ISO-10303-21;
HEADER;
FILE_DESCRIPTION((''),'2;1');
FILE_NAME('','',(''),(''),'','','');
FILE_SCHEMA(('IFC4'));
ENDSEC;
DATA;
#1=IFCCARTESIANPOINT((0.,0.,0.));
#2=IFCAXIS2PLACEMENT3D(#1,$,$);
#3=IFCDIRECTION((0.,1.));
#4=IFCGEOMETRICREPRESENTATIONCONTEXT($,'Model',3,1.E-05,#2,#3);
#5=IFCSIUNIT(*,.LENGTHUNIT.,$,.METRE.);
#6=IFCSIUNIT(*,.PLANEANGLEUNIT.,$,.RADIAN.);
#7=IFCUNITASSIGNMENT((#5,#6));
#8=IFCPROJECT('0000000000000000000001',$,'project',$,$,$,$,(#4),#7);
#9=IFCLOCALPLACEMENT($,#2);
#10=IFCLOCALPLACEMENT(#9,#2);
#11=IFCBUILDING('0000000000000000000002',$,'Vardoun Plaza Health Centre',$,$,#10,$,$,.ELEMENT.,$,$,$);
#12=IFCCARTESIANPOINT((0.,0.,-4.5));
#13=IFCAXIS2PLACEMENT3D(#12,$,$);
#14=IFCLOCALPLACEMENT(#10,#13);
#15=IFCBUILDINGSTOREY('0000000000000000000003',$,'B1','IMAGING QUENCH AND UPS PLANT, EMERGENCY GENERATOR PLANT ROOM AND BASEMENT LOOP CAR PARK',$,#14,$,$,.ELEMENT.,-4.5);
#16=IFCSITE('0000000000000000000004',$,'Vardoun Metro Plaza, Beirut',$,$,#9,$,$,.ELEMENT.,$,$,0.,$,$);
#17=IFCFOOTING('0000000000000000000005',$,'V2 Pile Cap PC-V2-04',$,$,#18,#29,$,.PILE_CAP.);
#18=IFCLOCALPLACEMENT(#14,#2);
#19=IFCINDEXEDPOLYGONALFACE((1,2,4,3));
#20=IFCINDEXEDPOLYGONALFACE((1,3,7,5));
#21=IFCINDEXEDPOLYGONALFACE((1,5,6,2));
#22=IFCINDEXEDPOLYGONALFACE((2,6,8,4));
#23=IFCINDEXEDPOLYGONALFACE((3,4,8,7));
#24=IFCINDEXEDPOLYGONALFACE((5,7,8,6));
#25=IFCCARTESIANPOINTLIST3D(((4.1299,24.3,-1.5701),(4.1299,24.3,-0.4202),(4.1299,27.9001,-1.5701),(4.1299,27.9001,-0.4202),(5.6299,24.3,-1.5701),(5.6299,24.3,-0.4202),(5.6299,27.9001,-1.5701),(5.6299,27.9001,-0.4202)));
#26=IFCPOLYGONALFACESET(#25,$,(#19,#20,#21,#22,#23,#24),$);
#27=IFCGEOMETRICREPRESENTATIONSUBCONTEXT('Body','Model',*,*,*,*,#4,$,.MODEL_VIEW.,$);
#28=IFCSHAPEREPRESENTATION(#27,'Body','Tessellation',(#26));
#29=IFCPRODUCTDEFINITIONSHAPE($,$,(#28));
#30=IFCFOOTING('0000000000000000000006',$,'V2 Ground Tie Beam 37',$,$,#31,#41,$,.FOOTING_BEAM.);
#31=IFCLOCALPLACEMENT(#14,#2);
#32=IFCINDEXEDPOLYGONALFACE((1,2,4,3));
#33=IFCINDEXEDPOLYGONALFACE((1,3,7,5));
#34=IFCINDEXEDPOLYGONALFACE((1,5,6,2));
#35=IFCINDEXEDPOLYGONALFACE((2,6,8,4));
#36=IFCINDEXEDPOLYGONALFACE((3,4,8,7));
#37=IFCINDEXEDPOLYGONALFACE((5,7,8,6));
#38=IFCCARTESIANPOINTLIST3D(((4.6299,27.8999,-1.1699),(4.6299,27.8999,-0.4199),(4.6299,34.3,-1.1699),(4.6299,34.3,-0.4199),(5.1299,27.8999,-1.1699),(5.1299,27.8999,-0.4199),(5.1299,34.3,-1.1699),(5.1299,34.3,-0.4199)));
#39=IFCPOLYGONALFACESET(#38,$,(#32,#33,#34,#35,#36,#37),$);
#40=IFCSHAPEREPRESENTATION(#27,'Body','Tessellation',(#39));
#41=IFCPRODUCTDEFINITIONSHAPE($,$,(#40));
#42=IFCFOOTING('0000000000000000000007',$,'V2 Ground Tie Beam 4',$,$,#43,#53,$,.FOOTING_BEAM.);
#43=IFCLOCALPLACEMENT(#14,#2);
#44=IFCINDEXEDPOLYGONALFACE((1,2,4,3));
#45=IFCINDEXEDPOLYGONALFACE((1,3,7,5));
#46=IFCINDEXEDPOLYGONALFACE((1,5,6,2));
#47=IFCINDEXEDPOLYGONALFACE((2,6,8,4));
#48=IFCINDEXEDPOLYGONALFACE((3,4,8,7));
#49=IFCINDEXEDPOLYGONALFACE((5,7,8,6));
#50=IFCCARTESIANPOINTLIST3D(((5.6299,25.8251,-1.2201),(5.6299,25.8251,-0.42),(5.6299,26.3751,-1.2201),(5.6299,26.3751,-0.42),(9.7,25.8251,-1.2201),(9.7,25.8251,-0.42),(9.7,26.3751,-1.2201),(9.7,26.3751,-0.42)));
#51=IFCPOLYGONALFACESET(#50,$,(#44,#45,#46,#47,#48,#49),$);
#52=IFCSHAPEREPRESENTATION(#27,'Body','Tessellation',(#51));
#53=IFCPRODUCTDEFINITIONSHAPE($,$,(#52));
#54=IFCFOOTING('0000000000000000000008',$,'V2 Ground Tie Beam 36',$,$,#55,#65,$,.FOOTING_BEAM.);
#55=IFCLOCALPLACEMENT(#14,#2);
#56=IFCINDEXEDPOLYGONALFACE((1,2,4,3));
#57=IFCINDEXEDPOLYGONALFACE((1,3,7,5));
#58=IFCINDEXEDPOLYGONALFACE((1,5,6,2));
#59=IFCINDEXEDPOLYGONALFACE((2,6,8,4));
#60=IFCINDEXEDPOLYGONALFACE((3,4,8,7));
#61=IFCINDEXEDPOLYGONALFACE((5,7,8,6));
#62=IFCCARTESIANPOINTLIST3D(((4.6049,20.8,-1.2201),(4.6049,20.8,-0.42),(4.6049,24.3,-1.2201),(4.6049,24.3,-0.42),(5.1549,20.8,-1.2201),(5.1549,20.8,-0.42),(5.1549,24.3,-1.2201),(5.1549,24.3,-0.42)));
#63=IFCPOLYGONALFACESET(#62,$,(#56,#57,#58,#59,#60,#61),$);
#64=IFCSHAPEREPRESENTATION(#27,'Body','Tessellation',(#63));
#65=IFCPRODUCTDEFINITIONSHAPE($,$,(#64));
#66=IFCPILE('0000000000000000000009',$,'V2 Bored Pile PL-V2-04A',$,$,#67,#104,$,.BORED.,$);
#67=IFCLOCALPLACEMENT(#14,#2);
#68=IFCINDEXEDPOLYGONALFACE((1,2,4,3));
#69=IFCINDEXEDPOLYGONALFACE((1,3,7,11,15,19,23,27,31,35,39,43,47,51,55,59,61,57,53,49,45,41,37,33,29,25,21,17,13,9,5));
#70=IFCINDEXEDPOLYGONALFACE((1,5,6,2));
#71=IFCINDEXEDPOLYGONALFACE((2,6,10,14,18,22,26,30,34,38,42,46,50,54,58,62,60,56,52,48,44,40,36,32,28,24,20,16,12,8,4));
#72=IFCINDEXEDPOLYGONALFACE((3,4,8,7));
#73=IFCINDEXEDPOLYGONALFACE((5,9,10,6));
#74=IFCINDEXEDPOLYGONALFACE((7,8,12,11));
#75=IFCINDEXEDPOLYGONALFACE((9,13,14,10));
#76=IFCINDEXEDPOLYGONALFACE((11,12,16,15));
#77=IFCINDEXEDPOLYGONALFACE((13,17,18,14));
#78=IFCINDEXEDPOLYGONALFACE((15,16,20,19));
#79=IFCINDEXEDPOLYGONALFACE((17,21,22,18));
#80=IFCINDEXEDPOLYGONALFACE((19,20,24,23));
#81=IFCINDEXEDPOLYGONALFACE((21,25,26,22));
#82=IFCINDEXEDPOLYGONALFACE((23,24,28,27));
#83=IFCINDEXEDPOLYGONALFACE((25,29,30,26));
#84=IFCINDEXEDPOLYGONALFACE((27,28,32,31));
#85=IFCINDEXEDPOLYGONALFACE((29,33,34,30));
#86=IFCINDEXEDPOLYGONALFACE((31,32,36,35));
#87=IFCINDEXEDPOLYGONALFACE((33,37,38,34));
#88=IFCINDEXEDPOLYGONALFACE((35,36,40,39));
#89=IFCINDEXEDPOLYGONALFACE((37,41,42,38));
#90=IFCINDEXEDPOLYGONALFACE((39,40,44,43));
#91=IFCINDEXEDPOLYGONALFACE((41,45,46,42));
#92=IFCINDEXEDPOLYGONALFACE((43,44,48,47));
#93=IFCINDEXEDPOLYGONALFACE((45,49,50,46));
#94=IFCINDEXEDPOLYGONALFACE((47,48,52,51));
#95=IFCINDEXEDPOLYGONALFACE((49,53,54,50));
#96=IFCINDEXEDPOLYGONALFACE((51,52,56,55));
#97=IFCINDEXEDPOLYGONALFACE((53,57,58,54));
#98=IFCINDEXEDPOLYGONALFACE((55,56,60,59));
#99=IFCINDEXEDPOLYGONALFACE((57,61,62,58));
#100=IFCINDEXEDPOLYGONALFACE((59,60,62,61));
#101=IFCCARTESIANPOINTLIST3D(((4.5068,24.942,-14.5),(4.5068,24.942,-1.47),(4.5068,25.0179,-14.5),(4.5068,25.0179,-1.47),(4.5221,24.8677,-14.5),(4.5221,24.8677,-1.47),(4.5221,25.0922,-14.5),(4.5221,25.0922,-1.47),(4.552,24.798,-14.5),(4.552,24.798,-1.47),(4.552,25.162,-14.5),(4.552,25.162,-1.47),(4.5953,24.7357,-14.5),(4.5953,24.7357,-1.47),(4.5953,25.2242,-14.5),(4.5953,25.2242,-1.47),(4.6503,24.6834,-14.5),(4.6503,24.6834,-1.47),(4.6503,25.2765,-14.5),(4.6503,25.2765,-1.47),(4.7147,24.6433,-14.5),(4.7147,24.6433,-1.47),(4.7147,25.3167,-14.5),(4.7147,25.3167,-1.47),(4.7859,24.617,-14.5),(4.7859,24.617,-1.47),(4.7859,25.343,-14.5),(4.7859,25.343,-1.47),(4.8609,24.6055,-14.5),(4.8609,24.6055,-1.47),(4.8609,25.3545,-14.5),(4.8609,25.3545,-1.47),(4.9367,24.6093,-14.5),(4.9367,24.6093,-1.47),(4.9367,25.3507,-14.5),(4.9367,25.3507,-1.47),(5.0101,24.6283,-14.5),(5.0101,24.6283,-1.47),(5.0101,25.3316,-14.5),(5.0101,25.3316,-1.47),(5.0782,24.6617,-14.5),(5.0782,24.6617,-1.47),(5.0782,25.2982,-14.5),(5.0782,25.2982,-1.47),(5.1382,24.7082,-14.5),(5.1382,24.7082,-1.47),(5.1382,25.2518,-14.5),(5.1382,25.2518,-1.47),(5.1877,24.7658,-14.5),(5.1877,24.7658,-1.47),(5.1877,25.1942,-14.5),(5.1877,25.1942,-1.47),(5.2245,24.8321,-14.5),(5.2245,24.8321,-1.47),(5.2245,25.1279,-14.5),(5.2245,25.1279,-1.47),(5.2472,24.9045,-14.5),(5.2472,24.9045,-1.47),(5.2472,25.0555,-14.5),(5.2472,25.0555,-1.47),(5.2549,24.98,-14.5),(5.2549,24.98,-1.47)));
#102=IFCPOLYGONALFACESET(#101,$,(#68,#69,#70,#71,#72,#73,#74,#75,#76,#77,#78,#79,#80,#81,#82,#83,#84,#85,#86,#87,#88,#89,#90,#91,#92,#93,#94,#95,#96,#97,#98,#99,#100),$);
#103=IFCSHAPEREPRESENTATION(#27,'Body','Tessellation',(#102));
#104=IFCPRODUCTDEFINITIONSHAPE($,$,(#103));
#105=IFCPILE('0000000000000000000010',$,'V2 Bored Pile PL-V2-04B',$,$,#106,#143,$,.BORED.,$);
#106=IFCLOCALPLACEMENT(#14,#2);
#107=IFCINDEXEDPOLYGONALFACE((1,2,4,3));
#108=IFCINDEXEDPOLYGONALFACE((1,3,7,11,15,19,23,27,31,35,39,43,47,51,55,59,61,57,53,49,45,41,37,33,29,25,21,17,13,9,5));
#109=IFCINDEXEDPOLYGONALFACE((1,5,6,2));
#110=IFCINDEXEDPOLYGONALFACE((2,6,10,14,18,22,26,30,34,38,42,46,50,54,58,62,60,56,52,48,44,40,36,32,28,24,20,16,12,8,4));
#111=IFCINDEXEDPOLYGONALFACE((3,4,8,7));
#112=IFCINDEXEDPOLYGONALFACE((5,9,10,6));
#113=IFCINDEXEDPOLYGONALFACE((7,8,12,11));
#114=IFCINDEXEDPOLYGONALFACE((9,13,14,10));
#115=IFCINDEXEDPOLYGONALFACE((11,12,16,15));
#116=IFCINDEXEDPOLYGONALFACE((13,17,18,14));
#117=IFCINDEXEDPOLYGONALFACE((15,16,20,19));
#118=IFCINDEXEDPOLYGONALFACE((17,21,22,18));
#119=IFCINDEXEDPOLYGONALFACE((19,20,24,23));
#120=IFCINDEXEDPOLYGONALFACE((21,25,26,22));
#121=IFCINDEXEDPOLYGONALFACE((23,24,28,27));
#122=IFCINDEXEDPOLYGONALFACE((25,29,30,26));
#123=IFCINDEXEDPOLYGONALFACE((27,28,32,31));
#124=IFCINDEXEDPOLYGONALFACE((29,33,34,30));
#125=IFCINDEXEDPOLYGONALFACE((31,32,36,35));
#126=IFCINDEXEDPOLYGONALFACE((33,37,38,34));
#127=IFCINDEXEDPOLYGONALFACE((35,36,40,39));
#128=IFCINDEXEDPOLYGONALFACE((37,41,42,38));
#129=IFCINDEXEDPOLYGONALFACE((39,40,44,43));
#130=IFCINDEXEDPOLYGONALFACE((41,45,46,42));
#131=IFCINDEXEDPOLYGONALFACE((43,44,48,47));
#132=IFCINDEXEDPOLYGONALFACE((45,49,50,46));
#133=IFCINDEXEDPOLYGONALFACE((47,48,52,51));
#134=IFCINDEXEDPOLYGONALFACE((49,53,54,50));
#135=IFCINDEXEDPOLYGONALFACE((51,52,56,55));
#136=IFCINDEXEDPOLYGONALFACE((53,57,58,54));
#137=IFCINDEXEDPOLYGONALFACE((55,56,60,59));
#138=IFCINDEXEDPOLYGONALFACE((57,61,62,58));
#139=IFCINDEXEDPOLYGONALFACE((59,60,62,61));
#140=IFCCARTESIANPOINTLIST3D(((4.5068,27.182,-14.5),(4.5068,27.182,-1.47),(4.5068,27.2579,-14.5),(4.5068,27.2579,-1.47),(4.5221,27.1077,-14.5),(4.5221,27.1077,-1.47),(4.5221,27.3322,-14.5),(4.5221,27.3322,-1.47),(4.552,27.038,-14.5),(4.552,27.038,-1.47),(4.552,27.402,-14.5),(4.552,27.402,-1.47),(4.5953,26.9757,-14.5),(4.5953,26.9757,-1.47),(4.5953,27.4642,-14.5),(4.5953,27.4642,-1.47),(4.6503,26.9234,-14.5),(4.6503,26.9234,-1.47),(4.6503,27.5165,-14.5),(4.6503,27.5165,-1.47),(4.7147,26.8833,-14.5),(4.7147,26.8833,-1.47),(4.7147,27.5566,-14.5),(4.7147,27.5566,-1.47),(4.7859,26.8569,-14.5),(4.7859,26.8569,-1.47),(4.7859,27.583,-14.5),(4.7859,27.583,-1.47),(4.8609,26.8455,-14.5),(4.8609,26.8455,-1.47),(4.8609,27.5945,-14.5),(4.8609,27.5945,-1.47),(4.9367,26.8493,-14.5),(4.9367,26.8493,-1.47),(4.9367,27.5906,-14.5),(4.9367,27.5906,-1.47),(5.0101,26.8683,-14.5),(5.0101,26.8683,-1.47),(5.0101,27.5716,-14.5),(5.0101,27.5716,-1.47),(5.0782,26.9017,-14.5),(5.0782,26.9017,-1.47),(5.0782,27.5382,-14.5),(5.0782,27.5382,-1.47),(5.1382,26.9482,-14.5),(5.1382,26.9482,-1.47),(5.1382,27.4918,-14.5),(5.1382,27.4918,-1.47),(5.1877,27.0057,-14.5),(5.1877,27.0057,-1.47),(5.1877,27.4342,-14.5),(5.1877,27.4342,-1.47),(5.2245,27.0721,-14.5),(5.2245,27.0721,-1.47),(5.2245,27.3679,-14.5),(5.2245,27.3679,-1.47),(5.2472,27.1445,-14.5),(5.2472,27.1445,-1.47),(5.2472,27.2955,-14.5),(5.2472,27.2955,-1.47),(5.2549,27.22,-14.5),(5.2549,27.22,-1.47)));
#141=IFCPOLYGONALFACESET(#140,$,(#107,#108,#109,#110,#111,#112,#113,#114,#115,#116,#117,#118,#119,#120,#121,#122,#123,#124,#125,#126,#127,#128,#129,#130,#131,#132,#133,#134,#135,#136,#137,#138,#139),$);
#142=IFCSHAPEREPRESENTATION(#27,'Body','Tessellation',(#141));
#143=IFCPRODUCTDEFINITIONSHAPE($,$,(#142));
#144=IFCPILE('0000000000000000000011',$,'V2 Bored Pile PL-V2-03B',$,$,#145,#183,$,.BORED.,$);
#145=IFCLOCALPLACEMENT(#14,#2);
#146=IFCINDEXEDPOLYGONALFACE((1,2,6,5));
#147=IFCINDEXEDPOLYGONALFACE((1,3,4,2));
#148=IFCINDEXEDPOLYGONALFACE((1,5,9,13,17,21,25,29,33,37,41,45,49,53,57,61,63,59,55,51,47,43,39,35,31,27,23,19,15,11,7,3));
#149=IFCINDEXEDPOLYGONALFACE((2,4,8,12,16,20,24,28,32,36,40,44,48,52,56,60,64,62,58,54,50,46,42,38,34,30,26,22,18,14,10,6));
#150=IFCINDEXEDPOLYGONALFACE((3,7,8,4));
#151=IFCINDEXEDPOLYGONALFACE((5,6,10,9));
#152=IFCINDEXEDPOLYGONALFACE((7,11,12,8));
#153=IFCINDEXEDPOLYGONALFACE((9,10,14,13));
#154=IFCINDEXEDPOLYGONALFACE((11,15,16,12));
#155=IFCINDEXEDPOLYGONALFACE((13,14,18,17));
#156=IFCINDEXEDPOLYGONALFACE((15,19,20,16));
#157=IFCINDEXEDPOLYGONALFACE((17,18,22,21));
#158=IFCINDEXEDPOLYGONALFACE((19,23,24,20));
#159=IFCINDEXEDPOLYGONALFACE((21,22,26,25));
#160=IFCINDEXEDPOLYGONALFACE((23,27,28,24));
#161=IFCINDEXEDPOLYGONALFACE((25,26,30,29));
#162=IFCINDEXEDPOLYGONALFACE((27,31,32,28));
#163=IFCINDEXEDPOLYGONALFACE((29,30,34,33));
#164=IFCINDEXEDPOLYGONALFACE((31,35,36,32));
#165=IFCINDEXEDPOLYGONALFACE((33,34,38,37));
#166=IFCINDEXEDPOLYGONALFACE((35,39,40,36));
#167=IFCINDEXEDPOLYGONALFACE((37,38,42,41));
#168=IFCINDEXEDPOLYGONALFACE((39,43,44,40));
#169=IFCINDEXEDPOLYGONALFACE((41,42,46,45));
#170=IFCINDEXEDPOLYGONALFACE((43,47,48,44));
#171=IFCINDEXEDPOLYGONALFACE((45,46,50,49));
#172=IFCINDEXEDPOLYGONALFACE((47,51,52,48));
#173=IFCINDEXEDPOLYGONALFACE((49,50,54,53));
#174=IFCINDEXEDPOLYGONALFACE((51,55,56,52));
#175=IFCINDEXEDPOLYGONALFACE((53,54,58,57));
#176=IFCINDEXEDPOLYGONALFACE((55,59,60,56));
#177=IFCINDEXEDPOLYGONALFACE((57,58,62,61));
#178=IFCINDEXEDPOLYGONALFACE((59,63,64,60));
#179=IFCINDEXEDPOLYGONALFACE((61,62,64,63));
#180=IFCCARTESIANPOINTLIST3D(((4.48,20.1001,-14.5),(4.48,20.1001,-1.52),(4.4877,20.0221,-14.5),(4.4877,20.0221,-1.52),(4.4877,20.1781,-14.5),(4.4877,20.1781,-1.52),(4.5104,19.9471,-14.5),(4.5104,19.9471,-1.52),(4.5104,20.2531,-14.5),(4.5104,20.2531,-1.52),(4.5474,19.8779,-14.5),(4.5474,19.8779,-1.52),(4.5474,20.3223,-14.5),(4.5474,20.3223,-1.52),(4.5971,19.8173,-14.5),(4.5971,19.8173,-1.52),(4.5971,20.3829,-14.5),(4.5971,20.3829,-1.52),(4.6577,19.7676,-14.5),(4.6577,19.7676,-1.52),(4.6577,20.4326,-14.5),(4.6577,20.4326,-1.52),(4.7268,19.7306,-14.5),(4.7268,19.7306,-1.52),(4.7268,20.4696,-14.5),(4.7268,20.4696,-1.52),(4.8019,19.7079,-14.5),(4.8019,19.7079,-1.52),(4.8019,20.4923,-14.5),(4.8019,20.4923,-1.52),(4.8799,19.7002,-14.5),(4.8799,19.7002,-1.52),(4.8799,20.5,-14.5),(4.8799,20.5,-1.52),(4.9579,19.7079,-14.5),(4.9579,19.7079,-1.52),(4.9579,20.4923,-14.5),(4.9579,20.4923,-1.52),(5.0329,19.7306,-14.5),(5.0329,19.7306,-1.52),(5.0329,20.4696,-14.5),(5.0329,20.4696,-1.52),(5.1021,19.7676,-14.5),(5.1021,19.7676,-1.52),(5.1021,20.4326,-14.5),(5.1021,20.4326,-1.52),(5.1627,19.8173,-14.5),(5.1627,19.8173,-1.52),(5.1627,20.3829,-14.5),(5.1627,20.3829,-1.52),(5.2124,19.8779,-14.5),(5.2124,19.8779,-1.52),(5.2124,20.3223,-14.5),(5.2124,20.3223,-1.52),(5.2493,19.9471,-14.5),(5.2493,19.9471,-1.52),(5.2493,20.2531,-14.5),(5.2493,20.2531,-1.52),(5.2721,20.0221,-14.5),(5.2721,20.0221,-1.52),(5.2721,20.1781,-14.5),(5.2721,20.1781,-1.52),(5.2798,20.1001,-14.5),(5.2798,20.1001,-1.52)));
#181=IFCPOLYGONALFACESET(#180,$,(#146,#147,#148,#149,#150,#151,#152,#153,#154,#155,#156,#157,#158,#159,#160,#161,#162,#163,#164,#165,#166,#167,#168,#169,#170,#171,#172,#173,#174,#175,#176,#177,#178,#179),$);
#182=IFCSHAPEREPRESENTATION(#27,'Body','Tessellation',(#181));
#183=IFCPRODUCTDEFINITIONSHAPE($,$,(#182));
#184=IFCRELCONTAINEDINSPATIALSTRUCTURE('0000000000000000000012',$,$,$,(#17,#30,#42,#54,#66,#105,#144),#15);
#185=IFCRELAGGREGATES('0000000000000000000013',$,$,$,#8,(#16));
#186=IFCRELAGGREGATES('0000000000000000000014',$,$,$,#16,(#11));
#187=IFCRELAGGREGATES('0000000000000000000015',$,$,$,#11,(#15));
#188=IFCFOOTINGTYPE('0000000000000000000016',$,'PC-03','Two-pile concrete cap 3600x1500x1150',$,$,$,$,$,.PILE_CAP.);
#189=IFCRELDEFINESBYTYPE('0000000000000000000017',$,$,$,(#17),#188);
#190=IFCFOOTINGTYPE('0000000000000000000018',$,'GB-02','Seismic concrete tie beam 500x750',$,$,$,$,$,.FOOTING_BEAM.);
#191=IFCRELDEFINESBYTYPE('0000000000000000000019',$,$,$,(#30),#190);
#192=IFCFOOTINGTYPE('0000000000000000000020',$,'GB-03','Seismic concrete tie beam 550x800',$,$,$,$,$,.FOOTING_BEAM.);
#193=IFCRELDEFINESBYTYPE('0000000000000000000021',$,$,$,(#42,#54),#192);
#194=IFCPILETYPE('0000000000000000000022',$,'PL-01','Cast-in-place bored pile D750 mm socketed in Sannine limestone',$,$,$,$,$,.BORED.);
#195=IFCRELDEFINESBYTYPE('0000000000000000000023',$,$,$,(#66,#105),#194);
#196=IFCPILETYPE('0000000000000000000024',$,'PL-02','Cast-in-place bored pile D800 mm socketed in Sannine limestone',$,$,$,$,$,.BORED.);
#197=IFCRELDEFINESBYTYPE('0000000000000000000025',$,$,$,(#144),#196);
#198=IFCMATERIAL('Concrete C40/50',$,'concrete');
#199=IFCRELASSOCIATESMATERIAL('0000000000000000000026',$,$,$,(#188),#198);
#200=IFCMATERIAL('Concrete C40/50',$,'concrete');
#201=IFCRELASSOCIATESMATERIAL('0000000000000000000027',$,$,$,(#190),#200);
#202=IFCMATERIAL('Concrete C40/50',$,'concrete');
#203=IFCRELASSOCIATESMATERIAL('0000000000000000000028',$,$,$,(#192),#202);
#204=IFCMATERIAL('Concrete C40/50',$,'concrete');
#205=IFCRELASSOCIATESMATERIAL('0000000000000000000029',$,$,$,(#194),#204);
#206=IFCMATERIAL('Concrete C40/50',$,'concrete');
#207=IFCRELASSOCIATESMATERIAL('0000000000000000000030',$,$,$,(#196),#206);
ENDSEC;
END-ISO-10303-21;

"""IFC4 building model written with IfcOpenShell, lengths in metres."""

from ifc_helpers import new_model, si_unit, direction, frame, origin, origin_2d, place, context, subcontext, project, spatial, rectangle, circle, extrude, material, material_profile, profile_set, type_object, element, save


model = new_model("IFC4")

# Units and contexts
model_context = context("Model", 3, precision=1e-05, world=origin(), true_north=direction((0.0, 1.0)))
body_context = subcontext(model_context, "Body", "Model", "MODEL_VIEW")
ifc_project = project(units=[si_unit("LENGTHUNIT", "METRE"), si_unit("PLANEANGLEUNIT", "RADIAN")], contexts=[model_context])

# Site, building, storey
site_placement = place(None, origin())
site = spatial("IfcSite", under=ifc_project, at=site_placement, Name="Vardoun Metro Plaza, Beirut", CompositionType="ELEMENT", RefElevation=0.0)
building_placement = place(site_placement, origin())
building = spatial("IfcBuilding", under=site, at=building_placement, Name="Vardoun Plaza Health Centre", CompositionType="ELEMENT")
storey_placement = place(building_placement, frame((0.0, 0.0, -4.5)))
storey = spatial("IfcBuildingStorey", under=building, at=storey_placement, Name="B1", Description="IMAGING QUENCH AND UPS PLANT, EMERGENCY GENERATOR PLANT ROOM AND BASEMENT LOOP CAR PARK", CompositionType="ELEMENT", Elevation=-4.5)

# Footings
ifc_material_1 = material(Name="Concrete C40/50", Category="concrete")
footing_type_1 = type_object("IfcFootingType", Name="PC-03", Description="Two-pile concrete cap 3600x1500x1150", PredefinedType="PILE_CAP", material=ifc_material_1)
footing_1_placement = place(storey_placement, frame((4.8799, 26.1001, -1.5701), z_axis=(0.0, 0.0, 1.0), x_axis=(0.0, 1.0, 0.0)))
element("IfcFooting", 1, at=footing_1_placement, inside=storey, type_object=footing_type_1, Name="V2 Pile Cap PC-V2-04", PredefinedType="PILE_CAP", context=body_context, shape_type="SweptSolid", body=[
    extrude(rectangle(XDim=3.6001, YDim=1.5, at=origin_2d()), origin(), (0.0, 0.0, 1.0), 1.1499),
])
ifc_material_2 = material(Name="Concrete C40/50", Category="concrete")
ifc_material_profile_1 = material_profile(ifc_material_2, rectangle(XDim=0.5, YDim=0.75, at=origin_2d()), Name="GB 500x750")
ifc_profile_set_1 = profile_set([ifc_material_profile_1], Name="Concrete C40/50")
footing_type_2 = type_object("IfcFootingType", Name="GB-02", Description="Seismic concrete tie beam 500x750", PredefinedType="FOOTING_BEAM", material=ifc_profile_set_1)
footing_2_placement = place(storey_placement, frame((4.8799, 27.8999, -0.7949), z_axis=(0.0, 1.0, 0.0), x_axis=(-1.0, 0.0, 0.0)))
element("IfcFooting", 2, at=footing_2_placement, inside=storey, type_object=footing_type_2, Name="V2 Ground Tie Beam 37", PredefinedType="FOOTING_BEAM", context=body_context, shape_type="SweptSolid", body=[
    extrude(rectangle(XDim=0.5, YDim=0.75, at=origin_2d()), origin(), (0.0, 0.0, 1.0), 6.4001),
])
ifc_material_3 = material(Name="Concrete C40/50", Category="concrete")
ifc_material_profile_2 = material_profile(ifc_material_3, rectangle(XDim=0.55, YDim=0.8, at=origin_2d()), Name="GB 550x800")
ifc_profile_set_2 = profile_set([ifc_material_profile_2], Name="Concrete C40/50")
footing_type_3 = type_object("IfcFootingType", Name="GB-03", Description="Seismic concrete tie beam 550x800", PredefinedType="FOOTING_BEAM", material=ifc_profile_set_2)
footing_3_placement = place(storey_placement, frame((5.6299, 26.1001, -0.8201), z_axis=(1.0, 0.0, 0.0), x_axis=(0.0, 1.0, 0.0)))
element("IfcFooting", 3, at=footing_3_placement, inside=storey, type_object=footing_type_3, Name="V2 Ground Tie Beam 4", PredefinedType="FOOTING_BEAM", context=body_context, shape_type="SweptSolid", body=[
    extrude(rectangle(XDim=0.55, YDim=0.8, at=origin_2d()), origin(), (0.0, 0.0, 1.0), 4.0701),
])
footing_4_placement = place(storey_placement, frame((4.8799, 20.8, -0.8201), z_axis=(0.0, 1.0, 0.0), x_axis=(-1.0, 0.0, 0.0)))
element("IfcFooting", 4, at=footing_4_placement, inside=storey, type_object=footing_type_3, Name="V2 Ground Tie Beam 36", PredefinedType="FOOTING_BEAM", context=body_context, shape_type="SweptSolid", body=[
    extrude(rectangle(XDim=0.55, YDim=0.8, at=origin_2d()), origin(), (0.0, 0.0, 1.0), 3.5),
])

# Piles
ifc_material_4 = material(Name="Concrete C40/50", Category="concrete")
ifc_material_profile_3 = material_profile(ifc_material_4, circle(Radius=0.375, at=origin_2d()), Name="PILE D750")
ifc_profile_set_3 = profile_set([ifc_material_profile_3], Name="Concrete C40/50")
pile_type_1 = type_object("IfcPileType", Name="PL-01", Description="Cast-in-place bored pile D750 mm socketed in Sannine limestone", PredefinedType="BORED", material=ifc_profile_set_3)
for number, where, z_axis, x_axis, name in (
    (5, (4.8799, 24.98, -1.47), (0.0, 0.0, -1.0), (1.0, 0.0, 0.0), "V2 Bored Pile PL-V2-04A"),
    (6, (4.8799, 27.22, -1.47), (0.0, 0.0, -1.0), (1.0, 0.0, 0.0), "V2 Bored Pile PL-V2-04B"),
):
    element("IfcPile", number, at=place(storey_placement, frame(where, z_axis=z_axis, x_axis=x_axis)), inside=storey, type_object=pile_type_1, Name=name, PredefinedType="BORED", context=body_context, shape_type="SweptSolid", body=[
        extrude(circle(Radius=0.375, at=origin_2d()), origin(), (0.0, 0.0, 1.0), 13.03),
    ])
ifc_material_5 = material(Name="Concrete C40/50", Category="concrete")
ifc_material_profile_4 = material_profile(ifc_material_5, circle(Radius=0.3999, at=origin_2d()), Name="PILE D800")
ifc_profile_set_4 = profile_set([ifc_material_profile_4], Name="Concrete C40/50")
pile_type_2 = type_object("IfcPileType", Name="PL-02", Description="Cast-in-place bored pile D800 mm socketed in Sannine limestone", PredefinedType="BORED", material=ifc_profile_set_4)
pile_1_placement = place(storey_placement, frame((4.8799, 20.1001, -1.52), z_axis=(0.0, 0.0, -1.0), x_axis=(1.0, 0.0, 0.0)))
element("IfcPile", 7, at=pile_1_placement, inside=storey, type_object=pile_type_2, Name="V2 Bored Pile PL-V2-03B", PredefinedType="BORED", context=body_context, shape_type="SweptSolid", body=[
    extrude(circle(Radius=0.3999, at=origin_2d()), origin(), (0.0, 0.0, 1.0), 12.98),
])

save(model, "model.ifc")
